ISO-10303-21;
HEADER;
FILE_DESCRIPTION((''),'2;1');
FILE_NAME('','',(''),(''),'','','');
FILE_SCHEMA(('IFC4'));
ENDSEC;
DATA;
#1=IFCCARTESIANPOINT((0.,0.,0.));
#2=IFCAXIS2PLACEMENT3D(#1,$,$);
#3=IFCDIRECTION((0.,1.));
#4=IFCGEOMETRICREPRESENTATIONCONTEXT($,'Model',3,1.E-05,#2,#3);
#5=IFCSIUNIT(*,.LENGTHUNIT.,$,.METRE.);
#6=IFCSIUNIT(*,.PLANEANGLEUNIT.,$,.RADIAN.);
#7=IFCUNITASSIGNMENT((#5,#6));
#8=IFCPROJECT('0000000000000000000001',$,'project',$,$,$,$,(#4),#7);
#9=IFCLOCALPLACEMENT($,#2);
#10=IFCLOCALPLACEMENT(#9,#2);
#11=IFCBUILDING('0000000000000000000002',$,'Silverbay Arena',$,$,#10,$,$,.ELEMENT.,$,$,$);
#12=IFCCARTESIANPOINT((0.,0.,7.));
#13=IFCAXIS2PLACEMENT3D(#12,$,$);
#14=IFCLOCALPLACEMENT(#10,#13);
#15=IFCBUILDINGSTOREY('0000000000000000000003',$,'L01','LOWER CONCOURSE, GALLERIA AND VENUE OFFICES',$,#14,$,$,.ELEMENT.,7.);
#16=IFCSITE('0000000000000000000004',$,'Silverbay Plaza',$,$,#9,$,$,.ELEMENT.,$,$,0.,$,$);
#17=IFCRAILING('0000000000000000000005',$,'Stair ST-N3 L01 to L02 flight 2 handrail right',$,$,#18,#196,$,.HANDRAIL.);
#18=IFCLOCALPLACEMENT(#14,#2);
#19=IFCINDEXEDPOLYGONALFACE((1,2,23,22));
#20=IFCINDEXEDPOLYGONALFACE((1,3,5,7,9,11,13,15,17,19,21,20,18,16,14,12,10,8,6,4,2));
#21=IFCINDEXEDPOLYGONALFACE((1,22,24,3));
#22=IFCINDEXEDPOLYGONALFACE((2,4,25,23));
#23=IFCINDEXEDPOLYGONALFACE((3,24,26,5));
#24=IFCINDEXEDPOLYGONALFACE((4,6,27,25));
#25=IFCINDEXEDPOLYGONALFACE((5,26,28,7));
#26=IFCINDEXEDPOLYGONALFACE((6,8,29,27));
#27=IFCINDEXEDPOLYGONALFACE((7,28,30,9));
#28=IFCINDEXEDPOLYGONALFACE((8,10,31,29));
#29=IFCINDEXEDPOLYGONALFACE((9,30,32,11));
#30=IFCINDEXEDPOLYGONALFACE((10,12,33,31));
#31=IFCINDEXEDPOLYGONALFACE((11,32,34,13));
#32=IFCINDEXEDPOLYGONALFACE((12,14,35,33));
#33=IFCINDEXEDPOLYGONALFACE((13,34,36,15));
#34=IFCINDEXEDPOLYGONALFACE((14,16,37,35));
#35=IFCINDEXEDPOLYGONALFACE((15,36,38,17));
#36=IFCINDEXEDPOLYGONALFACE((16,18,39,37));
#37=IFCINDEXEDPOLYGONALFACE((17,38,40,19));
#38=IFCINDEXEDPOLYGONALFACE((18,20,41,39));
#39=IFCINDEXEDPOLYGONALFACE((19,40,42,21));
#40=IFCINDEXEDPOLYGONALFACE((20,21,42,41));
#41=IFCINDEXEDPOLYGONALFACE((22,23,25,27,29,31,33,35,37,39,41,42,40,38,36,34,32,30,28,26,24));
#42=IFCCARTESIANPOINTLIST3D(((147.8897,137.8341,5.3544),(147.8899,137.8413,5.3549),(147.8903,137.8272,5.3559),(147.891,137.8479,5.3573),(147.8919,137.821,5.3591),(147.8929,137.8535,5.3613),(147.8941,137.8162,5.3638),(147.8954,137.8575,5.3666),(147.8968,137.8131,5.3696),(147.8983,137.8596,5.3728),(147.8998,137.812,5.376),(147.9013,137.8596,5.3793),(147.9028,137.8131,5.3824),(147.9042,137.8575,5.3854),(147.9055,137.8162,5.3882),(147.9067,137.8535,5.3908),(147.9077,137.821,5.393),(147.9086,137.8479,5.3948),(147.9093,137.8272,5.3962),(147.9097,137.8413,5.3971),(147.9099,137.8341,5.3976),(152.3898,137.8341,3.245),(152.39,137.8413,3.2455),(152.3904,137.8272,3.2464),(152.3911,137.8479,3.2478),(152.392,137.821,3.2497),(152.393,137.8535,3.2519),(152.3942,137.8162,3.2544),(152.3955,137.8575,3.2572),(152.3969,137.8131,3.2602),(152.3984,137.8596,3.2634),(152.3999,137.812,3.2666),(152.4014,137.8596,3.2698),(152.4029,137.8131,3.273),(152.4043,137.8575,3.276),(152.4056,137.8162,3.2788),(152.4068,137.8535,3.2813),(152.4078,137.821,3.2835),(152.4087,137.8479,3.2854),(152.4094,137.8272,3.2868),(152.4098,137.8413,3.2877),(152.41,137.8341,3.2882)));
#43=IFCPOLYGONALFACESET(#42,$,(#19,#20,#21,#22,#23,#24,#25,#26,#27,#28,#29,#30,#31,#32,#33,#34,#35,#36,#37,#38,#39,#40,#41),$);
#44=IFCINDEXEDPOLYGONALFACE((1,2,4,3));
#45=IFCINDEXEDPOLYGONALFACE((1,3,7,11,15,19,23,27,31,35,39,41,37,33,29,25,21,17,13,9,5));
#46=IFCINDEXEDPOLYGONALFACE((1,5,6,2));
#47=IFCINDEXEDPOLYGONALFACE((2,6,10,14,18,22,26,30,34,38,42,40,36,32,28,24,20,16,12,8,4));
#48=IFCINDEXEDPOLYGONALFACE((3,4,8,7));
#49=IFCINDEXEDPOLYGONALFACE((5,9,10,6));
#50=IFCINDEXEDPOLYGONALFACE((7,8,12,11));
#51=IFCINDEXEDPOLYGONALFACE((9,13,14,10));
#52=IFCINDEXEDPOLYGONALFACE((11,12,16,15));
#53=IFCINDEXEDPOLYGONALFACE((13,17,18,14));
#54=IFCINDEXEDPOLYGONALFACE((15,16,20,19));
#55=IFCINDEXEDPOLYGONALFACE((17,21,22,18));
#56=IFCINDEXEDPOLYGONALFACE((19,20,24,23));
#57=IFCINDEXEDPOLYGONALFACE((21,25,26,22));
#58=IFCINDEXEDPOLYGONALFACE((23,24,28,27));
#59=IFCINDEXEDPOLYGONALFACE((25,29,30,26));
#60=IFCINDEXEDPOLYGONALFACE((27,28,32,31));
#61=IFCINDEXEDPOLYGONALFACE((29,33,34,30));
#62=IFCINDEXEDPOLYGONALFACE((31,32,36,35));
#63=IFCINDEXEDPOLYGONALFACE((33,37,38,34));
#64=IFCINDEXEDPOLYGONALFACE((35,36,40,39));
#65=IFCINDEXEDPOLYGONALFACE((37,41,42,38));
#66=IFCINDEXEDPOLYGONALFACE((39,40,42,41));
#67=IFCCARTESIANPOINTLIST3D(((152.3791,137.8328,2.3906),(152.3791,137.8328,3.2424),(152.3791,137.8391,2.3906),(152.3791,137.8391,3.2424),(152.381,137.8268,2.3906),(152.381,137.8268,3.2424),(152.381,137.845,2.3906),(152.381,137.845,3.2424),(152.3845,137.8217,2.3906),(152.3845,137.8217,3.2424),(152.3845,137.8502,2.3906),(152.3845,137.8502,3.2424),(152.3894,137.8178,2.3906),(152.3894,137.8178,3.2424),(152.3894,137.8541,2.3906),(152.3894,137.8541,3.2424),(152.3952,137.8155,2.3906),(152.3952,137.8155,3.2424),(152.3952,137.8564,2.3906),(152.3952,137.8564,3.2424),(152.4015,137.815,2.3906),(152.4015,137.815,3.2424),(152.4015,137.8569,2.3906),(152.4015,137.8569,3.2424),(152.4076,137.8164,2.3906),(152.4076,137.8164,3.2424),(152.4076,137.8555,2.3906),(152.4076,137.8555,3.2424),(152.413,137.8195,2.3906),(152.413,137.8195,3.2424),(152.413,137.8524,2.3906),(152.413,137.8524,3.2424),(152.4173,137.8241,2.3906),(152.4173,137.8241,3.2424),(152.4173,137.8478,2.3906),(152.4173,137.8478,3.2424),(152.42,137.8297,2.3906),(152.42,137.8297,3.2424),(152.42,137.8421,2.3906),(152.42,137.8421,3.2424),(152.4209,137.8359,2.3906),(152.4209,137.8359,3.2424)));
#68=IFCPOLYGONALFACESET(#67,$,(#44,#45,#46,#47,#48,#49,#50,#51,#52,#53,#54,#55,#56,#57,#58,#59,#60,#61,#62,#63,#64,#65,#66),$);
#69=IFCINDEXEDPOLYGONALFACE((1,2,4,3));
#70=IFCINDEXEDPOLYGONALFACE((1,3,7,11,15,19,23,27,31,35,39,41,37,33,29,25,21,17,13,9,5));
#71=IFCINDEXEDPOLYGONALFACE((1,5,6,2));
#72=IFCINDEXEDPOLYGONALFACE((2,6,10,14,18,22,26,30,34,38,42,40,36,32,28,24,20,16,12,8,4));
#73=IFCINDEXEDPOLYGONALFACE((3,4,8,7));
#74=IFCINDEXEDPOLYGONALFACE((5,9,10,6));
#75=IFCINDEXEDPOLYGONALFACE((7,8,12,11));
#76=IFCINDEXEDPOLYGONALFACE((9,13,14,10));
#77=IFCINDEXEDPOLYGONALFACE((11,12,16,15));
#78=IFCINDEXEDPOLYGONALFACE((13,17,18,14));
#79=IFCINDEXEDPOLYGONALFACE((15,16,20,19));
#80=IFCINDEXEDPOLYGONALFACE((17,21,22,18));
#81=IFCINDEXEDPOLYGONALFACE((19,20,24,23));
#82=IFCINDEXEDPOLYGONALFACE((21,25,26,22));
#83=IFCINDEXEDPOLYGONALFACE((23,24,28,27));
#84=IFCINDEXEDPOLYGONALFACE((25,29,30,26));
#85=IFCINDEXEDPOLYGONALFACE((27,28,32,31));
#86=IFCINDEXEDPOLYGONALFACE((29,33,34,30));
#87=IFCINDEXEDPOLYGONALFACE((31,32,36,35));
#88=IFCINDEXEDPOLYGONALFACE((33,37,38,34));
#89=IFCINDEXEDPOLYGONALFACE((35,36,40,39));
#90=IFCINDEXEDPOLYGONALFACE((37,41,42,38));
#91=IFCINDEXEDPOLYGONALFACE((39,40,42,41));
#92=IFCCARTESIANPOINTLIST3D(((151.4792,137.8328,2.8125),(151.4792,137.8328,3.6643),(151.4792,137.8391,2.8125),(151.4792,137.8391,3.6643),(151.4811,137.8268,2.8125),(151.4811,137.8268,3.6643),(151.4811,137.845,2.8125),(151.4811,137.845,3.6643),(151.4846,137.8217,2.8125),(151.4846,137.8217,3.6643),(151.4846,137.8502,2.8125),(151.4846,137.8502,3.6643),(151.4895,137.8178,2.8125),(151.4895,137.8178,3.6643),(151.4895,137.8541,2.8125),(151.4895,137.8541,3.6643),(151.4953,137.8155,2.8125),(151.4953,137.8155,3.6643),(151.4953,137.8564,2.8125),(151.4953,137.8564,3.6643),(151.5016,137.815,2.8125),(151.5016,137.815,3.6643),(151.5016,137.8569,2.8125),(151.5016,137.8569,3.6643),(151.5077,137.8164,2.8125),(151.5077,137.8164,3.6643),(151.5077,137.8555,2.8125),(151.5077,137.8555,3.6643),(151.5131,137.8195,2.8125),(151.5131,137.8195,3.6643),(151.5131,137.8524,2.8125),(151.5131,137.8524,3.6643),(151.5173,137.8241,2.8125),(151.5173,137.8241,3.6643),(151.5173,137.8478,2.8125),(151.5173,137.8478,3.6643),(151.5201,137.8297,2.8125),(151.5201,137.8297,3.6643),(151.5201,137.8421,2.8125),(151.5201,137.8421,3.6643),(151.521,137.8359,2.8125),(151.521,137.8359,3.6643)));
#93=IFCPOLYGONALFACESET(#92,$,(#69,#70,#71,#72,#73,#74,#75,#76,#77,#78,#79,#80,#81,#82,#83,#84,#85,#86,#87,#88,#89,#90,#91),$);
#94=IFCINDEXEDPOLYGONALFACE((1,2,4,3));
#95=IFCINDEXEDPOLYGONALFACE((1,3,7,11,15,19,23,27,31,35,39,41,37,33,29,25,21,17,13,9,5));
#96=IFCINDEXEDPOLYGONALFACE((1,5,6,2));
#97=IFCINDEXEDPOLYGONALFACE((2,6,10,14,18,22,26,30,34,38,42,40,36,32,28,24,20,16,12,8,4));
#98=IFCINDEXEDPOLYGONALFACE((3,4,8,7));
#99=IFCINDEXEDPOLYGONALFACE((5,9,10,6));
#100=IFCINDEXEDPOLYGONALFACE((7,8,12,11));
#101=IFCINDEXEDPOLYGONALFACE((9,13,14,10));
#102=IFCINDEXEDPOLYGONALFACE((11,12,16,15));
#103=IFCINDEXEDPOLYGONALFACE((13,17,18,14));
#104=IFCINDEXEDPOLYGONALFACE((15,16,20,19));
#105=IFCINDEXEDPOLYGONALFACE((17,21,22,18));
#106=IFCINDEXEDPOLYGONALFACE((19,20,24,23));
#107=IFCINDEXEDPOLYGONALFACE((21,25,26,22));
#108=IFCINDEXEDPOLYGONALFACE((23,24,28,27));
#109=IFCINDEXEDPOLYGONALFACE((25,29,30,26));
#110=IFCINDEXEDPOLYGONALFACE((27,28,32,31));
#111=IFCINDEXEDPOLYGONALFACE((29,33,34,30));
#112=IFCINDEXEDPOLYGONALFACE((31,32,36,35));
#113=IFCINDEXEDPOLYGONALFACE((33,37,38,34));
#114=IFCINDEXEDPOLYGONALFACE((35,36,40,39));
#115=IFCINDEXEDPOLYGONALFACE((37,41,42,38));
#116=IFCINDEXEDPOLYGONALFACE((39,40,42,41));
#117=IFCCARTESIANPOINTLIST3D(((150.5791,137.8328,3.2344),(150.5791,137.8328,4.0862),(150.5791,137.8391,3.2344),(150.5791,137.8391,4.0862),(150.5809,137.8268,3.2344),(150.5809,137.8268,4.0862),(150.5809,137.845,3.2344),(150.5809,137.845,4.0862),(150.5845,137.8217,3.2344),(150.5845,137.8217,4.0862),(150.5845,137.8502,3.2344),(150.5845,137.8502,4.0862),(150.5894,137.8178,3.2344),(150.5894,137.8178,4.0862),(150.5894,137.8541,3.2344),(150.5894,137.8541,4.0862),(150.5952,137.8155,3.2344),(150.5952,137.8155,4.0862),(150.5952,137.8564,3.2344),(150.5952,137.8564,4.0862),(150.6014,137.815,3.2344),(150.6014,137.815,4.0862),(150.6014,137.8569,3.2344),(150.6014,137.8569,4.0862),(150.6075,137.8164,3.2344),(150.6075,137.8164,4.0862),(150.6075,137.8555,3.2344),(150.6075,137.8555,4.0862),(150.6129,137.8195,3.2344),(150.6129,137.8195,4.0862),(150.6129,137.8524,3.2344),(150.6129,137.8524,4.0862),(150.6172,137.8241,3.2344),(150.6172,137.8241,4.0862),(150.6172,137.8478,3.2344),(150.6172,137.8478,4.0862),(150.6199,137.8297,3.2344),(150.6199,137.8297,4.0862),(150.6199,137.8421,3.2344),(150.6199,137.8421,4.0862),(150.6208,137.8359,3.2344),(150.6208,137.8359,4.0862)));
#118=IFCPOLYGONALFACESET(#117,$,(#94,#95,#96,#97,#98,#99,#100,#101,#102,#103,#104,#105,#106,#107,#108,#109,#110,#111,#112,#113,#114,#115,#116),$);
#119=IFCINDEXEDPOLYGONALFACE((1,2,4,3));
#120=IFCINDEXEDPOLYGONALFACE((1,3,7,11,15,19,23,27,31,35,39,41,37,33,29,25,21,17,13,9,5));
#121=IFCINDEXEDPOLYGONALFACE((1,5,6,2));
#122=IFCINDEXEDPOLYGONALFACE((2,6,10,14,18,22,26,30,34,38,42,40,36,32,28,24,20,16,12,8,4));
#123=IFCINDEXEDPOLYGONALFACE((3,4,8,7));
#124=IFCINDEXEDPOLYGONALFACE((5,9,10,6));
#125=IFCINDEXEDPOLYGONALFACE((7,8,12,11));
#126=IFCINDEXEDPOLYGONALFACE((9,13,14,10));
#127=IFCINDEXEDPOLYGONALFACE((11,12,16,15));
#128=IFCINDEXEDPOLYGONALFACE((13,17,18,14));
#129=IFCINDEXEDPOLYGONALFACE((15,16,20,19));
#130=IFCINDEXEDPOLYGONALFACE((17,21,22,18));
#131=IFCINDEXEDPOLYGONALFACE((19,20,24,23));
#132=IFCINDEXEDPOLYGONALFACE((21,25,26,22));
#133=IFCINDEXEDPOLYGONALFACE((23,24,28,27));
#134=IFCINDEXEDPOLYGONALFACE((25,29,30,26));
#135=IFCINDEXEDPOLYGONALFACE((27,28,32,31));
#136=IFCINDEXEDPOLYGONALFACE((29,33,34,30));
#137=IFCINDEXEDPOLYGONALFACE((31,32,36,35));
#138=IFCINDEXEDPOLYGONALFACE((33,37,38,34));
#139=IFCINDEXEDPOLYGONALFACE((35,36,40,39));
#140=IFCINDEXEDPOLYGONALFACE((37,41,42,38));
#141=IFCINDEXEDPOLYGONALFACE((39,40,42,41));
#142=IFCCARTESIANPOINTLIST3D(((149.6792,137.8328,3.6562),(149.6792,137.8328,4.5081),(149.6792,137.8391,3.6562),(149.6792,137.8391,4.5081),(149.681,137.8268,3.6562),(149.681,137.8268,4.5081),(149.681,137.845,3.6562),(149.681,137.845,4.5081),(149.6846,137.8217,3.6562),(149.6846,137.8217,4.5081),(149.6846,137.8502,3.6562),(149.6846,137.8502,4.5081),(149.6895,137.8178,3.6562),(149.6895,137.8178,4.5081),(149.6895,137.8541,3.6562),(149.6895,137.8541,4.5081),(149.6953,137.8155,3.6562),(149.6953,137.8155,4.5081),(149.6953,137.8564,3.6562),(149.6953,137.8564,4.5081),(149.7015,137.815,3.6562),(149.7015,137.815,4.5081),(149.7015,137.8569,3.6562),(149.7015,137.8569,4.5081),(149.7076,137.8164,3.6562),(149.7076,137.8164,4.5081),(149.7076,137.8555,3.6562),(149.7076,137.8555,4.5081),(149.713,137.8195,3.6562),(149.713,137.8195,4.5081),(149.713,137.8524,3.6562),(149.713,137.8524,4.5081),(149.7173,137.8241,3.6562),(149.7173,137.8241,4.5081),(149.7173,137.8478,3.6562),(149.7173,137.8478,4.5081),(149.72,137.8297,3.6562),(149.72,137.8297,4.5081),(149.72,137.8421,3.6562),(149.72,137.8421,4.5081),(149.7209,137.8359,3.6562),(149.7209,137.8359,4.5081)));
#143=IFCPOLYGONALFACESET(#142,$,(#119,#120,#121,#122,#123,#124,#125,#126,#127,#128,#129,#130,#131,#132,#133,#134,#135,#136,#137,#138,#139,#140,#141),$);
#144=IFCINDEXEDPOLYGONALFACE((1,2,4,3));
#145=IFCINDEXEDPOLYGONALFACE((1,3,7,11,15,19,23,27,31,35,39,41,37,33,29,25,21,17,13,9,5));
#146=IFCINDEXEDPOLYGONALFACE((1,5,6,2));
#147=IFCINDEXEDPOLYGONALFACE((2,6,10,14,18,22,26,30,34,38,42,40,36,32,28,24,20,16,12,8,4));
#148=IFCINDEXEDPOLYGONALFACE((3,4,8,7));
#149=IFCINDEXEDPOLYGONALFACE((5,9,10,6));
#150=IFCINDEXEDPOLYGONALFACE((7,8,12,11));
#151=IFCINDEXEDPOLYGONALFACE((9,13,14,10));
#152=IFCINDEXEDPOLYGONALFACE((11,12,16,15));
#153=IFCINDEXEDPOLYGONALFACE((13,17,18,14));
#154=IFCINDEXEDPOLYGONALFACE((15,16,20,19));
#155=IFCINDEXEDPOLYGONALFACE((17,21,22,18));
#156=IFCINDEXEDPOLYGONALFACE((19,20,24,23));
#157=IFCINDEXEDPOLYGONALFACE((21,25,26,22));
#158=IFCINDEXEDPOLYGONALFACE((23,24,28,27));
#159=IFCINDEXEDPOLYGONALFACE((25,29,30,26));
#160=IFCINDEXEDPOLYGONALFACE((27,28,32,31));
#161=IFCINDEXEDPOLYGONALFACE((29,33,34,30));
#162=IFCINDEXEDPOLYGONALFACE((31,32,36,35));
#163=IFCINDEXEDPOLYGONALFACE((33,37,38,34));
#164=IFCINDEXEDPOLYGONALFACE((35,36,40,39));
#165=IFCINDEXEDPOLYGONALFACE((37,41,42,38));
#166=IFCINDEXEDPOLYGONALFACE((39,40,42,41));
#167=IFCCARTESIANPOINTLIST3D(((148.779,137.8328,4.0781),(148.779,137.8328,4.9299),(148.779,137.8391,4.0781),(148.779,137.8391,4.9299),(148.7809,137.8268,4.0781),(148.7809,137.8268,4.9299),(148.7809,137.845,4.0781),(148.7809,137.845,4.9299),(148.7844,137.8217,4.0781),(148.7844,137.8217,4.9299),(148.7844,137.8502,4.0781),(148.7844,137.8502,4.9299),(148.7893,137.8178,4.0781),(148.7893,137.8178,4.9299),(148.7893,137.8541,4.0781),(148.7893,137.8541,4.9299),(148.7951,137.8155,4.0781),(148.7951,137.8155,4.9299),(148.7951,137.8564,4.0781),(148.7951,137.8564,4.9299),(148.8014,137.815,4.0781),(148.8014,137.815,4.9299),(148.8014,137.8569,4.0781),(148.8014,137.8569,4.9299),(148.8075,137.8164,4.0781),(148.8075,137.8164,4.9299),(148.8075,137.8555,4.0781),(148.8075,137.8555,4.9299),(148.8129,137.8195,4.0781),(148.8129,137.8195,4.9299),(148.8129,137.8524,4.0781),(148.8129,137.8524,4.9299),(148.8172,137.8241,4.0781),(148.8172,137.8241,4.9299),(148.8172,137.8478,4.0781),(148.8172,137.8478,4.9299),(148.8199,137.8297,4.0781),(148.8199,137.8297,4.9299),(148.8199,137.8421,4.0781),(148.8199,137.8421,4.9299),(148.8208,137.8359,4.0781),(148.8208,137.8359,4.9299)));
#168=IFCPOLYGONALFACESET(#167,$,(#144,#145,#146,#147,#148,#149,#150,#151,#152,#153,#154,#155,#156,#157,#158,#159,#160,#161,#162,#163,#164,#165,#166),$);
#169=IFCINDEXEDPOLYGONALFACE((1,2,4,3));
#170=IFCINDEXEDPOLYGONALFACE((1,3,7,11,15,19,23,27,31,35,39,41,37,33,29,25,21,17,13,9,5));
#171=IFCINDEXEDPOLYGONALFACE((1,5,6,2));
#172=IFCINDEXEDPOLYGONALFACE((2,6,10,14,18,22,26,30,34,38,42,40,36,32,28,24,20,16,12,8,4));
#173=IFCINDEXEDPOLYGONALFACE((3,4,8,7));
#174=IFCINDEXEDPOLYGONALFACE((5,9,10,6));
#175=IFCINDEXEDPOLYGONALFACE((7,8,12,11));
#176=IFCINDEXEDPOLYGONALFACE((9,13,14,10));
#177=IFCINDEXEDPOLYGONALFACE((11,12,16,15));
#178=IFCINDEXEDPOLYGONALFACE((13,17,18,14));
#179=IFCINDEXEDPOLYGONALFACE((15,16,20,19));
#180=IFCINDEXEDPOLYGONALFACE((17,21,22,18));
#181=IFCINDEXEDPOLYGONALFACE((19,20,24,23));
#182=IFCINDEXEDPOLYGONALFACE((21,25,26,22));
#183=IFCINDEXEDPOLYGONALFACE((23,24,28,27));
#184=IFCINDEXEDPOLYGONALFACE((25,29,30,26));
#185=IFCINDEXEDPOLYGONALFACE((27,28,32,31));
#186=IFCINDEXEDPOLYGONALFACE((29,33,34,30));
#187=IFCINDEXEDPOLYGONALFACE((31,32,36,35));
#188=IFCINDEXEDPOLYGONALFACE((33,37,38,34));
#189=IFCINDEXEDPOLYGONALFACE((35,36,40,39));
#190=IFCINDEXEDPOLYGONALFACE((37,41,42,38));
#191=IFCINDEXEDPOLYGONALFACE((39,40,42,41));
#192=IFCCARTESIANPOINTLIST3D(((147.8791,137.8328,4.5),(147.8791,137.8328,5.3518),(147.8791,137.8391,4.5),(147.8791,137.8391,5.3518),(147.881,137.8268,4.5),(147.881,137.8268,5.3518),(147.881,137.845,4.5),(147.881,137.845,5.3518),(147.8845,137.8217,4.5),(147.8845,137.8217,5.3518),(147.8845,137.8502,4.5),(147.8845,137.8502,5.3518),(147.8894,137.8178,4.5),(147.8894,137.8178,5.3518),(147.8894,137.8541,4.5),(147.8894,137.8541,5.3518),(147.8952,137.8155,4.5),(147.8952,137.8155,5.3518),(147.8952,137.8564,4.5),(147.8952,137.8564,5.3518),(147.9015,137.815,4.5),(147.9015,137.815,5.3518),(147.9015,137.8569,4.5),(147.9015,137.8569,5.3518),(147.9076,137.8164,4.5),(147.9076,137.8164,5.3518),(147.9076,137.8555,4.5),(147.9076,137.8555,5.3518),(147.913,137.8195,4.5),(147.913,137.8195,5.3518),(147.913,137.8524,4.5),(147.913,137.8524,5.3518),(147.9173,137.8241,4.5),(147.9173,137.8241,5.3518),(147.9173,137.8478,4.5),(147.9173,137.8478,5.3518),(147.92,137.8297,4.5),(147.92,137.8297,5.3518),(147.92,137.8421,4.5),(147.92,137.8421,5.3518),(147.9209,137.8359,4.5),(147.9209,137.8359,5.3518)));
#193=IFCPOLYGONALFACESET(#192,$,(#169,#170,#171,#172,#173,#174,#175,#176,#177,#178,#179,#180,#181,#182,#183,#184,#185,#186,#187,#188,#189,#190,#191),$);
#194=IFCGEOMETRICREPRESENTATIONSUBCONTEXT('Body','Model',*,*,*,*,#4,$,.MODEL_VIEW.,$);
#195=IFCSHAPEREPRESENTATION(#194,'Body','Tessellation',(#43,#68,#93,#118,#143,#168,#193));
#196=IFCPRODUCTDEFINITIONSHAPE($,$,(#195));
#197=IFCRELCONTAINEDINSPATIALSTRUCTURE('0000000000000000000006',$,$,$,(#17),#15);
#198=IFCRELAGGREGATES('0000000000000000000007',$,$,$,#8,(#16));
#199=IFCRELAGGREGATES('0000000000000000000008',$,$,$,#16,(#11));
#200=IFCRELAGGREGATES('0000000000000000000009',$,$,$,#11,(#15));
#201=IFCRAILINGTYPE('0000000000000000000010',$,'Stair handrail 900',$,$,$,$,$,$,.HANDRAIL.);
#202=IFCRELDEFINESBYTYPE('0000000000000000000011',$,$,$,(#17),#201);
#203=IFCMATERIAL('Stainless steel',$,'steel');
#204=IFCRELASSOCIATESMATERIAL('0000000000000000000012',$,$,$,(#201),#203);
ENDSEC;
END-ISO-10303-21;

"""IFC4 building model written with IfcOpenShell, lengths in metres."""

from ifc_helpers import new_model, si_unit, direction, frame, origin, origin_2d, place, context, subcontext, project, spatial, circle, extrude, material, type_object, element, save


model = new_model("IFC4")

# Units and contexts
model_context = context("Model", 3, precision=1e-05, world=origin(), true_north=direction((0.0, 1.0)))
body_context = subcontext(model_context, "Body", "Model", "MODEL_VIEW")
ifc_project = project(units=[si_unit("LENGTHUNIT", "METRE"), si_unit("PLANEANGLEUNIT", "RADIAN")], contexts=[model_context])

# Site, building, storey
site_placement = place(None, origin())
site = spatial("IfcSite", under=ifc_project, at=site_placement, Name="Silverbay Plaza", CompositionType="ELEMENT", RefElevation=0.0)
building_placement = place(site_placement, origin())
building = spatial("IfcBuilding", under=site, at=building_placement, Name="Silverbay Arena", CompositionType="ELEMENT")
storey_placement = place(building_placement, frame((0.0, 0.0, 7.0)))
storey = spatial("IfcBuildingStorey", under=building, at=storey_placement, Name="L01", Description="LOWER CONCOURSE, GALLERIA AND VENUE OFFICES", CompositionType="ELEMENT", Elevation=7.0)

# Railing
ifc_material_1 = material(Name="Stainless steel", Category="steel")
railing_type_1 = type_object("IfcRailingType", Name="Stair handrail 900", PredefinedType="HANDRAIL", material=ifc_material_1)
for number, where, name in (
    (1, (152.3999, 137.8359, 2.3906), "Stair ST-N3 L01 to L02 flight 2 handrail right"),
):
    element("IfcRailing", number, at=place(storey_placement, frame(where)), inside=storey, type_object=railing_type_1, Name=name, PredefinedType="HANDRAIL", context=body_context, shape_type="SweptSolid", body=[
        extrude(circle(Radius=0.0239, at=origin_2d()), frame((0.0, 0.0, 0.876), z_axis=(-0.905459, 0.0, 0.424434), x_axis=(0.0, -1.0, 0.0)), (0.0, 0.0, 1.0), 4.97),
        extrude(circle(Radius=0.021, at=origin_2d()), origin(), (0.0, 0.0, 1.0), 0.8518),
        extrude(circle(Radius=0.021, at=origin_2d()), frame((-0.8999, 0.0, 0.4219)), (0.0, 0.0, 1.0), 0.8518),
        extrude(circle(Radius=0.021, at=origin_2d()), frame((-1.8, 0.0, 0.8438)), (0.0, 0.0, 1.0), 0.8518),
        extrude(circle(Radius=0.021, at=origin_2d()), frame((-2.7, 0.0, 1.2656)), (0.0, 0.0, 1.0), 0.8518),
        extrude(circle(Radius=0.021, at=origin_2d()), frame((-3.6001, 0.0, 1.6875)), (0.0, 0.0, 1.0), 0.8518),
        extrude(circle(Radius=0.021, at=origin_2d()), frame((-4.5, 0.0, 2.1094)), (0.0, 0.0, 1.0), 0.8518),
    ])

save(model, "model.ifc")
